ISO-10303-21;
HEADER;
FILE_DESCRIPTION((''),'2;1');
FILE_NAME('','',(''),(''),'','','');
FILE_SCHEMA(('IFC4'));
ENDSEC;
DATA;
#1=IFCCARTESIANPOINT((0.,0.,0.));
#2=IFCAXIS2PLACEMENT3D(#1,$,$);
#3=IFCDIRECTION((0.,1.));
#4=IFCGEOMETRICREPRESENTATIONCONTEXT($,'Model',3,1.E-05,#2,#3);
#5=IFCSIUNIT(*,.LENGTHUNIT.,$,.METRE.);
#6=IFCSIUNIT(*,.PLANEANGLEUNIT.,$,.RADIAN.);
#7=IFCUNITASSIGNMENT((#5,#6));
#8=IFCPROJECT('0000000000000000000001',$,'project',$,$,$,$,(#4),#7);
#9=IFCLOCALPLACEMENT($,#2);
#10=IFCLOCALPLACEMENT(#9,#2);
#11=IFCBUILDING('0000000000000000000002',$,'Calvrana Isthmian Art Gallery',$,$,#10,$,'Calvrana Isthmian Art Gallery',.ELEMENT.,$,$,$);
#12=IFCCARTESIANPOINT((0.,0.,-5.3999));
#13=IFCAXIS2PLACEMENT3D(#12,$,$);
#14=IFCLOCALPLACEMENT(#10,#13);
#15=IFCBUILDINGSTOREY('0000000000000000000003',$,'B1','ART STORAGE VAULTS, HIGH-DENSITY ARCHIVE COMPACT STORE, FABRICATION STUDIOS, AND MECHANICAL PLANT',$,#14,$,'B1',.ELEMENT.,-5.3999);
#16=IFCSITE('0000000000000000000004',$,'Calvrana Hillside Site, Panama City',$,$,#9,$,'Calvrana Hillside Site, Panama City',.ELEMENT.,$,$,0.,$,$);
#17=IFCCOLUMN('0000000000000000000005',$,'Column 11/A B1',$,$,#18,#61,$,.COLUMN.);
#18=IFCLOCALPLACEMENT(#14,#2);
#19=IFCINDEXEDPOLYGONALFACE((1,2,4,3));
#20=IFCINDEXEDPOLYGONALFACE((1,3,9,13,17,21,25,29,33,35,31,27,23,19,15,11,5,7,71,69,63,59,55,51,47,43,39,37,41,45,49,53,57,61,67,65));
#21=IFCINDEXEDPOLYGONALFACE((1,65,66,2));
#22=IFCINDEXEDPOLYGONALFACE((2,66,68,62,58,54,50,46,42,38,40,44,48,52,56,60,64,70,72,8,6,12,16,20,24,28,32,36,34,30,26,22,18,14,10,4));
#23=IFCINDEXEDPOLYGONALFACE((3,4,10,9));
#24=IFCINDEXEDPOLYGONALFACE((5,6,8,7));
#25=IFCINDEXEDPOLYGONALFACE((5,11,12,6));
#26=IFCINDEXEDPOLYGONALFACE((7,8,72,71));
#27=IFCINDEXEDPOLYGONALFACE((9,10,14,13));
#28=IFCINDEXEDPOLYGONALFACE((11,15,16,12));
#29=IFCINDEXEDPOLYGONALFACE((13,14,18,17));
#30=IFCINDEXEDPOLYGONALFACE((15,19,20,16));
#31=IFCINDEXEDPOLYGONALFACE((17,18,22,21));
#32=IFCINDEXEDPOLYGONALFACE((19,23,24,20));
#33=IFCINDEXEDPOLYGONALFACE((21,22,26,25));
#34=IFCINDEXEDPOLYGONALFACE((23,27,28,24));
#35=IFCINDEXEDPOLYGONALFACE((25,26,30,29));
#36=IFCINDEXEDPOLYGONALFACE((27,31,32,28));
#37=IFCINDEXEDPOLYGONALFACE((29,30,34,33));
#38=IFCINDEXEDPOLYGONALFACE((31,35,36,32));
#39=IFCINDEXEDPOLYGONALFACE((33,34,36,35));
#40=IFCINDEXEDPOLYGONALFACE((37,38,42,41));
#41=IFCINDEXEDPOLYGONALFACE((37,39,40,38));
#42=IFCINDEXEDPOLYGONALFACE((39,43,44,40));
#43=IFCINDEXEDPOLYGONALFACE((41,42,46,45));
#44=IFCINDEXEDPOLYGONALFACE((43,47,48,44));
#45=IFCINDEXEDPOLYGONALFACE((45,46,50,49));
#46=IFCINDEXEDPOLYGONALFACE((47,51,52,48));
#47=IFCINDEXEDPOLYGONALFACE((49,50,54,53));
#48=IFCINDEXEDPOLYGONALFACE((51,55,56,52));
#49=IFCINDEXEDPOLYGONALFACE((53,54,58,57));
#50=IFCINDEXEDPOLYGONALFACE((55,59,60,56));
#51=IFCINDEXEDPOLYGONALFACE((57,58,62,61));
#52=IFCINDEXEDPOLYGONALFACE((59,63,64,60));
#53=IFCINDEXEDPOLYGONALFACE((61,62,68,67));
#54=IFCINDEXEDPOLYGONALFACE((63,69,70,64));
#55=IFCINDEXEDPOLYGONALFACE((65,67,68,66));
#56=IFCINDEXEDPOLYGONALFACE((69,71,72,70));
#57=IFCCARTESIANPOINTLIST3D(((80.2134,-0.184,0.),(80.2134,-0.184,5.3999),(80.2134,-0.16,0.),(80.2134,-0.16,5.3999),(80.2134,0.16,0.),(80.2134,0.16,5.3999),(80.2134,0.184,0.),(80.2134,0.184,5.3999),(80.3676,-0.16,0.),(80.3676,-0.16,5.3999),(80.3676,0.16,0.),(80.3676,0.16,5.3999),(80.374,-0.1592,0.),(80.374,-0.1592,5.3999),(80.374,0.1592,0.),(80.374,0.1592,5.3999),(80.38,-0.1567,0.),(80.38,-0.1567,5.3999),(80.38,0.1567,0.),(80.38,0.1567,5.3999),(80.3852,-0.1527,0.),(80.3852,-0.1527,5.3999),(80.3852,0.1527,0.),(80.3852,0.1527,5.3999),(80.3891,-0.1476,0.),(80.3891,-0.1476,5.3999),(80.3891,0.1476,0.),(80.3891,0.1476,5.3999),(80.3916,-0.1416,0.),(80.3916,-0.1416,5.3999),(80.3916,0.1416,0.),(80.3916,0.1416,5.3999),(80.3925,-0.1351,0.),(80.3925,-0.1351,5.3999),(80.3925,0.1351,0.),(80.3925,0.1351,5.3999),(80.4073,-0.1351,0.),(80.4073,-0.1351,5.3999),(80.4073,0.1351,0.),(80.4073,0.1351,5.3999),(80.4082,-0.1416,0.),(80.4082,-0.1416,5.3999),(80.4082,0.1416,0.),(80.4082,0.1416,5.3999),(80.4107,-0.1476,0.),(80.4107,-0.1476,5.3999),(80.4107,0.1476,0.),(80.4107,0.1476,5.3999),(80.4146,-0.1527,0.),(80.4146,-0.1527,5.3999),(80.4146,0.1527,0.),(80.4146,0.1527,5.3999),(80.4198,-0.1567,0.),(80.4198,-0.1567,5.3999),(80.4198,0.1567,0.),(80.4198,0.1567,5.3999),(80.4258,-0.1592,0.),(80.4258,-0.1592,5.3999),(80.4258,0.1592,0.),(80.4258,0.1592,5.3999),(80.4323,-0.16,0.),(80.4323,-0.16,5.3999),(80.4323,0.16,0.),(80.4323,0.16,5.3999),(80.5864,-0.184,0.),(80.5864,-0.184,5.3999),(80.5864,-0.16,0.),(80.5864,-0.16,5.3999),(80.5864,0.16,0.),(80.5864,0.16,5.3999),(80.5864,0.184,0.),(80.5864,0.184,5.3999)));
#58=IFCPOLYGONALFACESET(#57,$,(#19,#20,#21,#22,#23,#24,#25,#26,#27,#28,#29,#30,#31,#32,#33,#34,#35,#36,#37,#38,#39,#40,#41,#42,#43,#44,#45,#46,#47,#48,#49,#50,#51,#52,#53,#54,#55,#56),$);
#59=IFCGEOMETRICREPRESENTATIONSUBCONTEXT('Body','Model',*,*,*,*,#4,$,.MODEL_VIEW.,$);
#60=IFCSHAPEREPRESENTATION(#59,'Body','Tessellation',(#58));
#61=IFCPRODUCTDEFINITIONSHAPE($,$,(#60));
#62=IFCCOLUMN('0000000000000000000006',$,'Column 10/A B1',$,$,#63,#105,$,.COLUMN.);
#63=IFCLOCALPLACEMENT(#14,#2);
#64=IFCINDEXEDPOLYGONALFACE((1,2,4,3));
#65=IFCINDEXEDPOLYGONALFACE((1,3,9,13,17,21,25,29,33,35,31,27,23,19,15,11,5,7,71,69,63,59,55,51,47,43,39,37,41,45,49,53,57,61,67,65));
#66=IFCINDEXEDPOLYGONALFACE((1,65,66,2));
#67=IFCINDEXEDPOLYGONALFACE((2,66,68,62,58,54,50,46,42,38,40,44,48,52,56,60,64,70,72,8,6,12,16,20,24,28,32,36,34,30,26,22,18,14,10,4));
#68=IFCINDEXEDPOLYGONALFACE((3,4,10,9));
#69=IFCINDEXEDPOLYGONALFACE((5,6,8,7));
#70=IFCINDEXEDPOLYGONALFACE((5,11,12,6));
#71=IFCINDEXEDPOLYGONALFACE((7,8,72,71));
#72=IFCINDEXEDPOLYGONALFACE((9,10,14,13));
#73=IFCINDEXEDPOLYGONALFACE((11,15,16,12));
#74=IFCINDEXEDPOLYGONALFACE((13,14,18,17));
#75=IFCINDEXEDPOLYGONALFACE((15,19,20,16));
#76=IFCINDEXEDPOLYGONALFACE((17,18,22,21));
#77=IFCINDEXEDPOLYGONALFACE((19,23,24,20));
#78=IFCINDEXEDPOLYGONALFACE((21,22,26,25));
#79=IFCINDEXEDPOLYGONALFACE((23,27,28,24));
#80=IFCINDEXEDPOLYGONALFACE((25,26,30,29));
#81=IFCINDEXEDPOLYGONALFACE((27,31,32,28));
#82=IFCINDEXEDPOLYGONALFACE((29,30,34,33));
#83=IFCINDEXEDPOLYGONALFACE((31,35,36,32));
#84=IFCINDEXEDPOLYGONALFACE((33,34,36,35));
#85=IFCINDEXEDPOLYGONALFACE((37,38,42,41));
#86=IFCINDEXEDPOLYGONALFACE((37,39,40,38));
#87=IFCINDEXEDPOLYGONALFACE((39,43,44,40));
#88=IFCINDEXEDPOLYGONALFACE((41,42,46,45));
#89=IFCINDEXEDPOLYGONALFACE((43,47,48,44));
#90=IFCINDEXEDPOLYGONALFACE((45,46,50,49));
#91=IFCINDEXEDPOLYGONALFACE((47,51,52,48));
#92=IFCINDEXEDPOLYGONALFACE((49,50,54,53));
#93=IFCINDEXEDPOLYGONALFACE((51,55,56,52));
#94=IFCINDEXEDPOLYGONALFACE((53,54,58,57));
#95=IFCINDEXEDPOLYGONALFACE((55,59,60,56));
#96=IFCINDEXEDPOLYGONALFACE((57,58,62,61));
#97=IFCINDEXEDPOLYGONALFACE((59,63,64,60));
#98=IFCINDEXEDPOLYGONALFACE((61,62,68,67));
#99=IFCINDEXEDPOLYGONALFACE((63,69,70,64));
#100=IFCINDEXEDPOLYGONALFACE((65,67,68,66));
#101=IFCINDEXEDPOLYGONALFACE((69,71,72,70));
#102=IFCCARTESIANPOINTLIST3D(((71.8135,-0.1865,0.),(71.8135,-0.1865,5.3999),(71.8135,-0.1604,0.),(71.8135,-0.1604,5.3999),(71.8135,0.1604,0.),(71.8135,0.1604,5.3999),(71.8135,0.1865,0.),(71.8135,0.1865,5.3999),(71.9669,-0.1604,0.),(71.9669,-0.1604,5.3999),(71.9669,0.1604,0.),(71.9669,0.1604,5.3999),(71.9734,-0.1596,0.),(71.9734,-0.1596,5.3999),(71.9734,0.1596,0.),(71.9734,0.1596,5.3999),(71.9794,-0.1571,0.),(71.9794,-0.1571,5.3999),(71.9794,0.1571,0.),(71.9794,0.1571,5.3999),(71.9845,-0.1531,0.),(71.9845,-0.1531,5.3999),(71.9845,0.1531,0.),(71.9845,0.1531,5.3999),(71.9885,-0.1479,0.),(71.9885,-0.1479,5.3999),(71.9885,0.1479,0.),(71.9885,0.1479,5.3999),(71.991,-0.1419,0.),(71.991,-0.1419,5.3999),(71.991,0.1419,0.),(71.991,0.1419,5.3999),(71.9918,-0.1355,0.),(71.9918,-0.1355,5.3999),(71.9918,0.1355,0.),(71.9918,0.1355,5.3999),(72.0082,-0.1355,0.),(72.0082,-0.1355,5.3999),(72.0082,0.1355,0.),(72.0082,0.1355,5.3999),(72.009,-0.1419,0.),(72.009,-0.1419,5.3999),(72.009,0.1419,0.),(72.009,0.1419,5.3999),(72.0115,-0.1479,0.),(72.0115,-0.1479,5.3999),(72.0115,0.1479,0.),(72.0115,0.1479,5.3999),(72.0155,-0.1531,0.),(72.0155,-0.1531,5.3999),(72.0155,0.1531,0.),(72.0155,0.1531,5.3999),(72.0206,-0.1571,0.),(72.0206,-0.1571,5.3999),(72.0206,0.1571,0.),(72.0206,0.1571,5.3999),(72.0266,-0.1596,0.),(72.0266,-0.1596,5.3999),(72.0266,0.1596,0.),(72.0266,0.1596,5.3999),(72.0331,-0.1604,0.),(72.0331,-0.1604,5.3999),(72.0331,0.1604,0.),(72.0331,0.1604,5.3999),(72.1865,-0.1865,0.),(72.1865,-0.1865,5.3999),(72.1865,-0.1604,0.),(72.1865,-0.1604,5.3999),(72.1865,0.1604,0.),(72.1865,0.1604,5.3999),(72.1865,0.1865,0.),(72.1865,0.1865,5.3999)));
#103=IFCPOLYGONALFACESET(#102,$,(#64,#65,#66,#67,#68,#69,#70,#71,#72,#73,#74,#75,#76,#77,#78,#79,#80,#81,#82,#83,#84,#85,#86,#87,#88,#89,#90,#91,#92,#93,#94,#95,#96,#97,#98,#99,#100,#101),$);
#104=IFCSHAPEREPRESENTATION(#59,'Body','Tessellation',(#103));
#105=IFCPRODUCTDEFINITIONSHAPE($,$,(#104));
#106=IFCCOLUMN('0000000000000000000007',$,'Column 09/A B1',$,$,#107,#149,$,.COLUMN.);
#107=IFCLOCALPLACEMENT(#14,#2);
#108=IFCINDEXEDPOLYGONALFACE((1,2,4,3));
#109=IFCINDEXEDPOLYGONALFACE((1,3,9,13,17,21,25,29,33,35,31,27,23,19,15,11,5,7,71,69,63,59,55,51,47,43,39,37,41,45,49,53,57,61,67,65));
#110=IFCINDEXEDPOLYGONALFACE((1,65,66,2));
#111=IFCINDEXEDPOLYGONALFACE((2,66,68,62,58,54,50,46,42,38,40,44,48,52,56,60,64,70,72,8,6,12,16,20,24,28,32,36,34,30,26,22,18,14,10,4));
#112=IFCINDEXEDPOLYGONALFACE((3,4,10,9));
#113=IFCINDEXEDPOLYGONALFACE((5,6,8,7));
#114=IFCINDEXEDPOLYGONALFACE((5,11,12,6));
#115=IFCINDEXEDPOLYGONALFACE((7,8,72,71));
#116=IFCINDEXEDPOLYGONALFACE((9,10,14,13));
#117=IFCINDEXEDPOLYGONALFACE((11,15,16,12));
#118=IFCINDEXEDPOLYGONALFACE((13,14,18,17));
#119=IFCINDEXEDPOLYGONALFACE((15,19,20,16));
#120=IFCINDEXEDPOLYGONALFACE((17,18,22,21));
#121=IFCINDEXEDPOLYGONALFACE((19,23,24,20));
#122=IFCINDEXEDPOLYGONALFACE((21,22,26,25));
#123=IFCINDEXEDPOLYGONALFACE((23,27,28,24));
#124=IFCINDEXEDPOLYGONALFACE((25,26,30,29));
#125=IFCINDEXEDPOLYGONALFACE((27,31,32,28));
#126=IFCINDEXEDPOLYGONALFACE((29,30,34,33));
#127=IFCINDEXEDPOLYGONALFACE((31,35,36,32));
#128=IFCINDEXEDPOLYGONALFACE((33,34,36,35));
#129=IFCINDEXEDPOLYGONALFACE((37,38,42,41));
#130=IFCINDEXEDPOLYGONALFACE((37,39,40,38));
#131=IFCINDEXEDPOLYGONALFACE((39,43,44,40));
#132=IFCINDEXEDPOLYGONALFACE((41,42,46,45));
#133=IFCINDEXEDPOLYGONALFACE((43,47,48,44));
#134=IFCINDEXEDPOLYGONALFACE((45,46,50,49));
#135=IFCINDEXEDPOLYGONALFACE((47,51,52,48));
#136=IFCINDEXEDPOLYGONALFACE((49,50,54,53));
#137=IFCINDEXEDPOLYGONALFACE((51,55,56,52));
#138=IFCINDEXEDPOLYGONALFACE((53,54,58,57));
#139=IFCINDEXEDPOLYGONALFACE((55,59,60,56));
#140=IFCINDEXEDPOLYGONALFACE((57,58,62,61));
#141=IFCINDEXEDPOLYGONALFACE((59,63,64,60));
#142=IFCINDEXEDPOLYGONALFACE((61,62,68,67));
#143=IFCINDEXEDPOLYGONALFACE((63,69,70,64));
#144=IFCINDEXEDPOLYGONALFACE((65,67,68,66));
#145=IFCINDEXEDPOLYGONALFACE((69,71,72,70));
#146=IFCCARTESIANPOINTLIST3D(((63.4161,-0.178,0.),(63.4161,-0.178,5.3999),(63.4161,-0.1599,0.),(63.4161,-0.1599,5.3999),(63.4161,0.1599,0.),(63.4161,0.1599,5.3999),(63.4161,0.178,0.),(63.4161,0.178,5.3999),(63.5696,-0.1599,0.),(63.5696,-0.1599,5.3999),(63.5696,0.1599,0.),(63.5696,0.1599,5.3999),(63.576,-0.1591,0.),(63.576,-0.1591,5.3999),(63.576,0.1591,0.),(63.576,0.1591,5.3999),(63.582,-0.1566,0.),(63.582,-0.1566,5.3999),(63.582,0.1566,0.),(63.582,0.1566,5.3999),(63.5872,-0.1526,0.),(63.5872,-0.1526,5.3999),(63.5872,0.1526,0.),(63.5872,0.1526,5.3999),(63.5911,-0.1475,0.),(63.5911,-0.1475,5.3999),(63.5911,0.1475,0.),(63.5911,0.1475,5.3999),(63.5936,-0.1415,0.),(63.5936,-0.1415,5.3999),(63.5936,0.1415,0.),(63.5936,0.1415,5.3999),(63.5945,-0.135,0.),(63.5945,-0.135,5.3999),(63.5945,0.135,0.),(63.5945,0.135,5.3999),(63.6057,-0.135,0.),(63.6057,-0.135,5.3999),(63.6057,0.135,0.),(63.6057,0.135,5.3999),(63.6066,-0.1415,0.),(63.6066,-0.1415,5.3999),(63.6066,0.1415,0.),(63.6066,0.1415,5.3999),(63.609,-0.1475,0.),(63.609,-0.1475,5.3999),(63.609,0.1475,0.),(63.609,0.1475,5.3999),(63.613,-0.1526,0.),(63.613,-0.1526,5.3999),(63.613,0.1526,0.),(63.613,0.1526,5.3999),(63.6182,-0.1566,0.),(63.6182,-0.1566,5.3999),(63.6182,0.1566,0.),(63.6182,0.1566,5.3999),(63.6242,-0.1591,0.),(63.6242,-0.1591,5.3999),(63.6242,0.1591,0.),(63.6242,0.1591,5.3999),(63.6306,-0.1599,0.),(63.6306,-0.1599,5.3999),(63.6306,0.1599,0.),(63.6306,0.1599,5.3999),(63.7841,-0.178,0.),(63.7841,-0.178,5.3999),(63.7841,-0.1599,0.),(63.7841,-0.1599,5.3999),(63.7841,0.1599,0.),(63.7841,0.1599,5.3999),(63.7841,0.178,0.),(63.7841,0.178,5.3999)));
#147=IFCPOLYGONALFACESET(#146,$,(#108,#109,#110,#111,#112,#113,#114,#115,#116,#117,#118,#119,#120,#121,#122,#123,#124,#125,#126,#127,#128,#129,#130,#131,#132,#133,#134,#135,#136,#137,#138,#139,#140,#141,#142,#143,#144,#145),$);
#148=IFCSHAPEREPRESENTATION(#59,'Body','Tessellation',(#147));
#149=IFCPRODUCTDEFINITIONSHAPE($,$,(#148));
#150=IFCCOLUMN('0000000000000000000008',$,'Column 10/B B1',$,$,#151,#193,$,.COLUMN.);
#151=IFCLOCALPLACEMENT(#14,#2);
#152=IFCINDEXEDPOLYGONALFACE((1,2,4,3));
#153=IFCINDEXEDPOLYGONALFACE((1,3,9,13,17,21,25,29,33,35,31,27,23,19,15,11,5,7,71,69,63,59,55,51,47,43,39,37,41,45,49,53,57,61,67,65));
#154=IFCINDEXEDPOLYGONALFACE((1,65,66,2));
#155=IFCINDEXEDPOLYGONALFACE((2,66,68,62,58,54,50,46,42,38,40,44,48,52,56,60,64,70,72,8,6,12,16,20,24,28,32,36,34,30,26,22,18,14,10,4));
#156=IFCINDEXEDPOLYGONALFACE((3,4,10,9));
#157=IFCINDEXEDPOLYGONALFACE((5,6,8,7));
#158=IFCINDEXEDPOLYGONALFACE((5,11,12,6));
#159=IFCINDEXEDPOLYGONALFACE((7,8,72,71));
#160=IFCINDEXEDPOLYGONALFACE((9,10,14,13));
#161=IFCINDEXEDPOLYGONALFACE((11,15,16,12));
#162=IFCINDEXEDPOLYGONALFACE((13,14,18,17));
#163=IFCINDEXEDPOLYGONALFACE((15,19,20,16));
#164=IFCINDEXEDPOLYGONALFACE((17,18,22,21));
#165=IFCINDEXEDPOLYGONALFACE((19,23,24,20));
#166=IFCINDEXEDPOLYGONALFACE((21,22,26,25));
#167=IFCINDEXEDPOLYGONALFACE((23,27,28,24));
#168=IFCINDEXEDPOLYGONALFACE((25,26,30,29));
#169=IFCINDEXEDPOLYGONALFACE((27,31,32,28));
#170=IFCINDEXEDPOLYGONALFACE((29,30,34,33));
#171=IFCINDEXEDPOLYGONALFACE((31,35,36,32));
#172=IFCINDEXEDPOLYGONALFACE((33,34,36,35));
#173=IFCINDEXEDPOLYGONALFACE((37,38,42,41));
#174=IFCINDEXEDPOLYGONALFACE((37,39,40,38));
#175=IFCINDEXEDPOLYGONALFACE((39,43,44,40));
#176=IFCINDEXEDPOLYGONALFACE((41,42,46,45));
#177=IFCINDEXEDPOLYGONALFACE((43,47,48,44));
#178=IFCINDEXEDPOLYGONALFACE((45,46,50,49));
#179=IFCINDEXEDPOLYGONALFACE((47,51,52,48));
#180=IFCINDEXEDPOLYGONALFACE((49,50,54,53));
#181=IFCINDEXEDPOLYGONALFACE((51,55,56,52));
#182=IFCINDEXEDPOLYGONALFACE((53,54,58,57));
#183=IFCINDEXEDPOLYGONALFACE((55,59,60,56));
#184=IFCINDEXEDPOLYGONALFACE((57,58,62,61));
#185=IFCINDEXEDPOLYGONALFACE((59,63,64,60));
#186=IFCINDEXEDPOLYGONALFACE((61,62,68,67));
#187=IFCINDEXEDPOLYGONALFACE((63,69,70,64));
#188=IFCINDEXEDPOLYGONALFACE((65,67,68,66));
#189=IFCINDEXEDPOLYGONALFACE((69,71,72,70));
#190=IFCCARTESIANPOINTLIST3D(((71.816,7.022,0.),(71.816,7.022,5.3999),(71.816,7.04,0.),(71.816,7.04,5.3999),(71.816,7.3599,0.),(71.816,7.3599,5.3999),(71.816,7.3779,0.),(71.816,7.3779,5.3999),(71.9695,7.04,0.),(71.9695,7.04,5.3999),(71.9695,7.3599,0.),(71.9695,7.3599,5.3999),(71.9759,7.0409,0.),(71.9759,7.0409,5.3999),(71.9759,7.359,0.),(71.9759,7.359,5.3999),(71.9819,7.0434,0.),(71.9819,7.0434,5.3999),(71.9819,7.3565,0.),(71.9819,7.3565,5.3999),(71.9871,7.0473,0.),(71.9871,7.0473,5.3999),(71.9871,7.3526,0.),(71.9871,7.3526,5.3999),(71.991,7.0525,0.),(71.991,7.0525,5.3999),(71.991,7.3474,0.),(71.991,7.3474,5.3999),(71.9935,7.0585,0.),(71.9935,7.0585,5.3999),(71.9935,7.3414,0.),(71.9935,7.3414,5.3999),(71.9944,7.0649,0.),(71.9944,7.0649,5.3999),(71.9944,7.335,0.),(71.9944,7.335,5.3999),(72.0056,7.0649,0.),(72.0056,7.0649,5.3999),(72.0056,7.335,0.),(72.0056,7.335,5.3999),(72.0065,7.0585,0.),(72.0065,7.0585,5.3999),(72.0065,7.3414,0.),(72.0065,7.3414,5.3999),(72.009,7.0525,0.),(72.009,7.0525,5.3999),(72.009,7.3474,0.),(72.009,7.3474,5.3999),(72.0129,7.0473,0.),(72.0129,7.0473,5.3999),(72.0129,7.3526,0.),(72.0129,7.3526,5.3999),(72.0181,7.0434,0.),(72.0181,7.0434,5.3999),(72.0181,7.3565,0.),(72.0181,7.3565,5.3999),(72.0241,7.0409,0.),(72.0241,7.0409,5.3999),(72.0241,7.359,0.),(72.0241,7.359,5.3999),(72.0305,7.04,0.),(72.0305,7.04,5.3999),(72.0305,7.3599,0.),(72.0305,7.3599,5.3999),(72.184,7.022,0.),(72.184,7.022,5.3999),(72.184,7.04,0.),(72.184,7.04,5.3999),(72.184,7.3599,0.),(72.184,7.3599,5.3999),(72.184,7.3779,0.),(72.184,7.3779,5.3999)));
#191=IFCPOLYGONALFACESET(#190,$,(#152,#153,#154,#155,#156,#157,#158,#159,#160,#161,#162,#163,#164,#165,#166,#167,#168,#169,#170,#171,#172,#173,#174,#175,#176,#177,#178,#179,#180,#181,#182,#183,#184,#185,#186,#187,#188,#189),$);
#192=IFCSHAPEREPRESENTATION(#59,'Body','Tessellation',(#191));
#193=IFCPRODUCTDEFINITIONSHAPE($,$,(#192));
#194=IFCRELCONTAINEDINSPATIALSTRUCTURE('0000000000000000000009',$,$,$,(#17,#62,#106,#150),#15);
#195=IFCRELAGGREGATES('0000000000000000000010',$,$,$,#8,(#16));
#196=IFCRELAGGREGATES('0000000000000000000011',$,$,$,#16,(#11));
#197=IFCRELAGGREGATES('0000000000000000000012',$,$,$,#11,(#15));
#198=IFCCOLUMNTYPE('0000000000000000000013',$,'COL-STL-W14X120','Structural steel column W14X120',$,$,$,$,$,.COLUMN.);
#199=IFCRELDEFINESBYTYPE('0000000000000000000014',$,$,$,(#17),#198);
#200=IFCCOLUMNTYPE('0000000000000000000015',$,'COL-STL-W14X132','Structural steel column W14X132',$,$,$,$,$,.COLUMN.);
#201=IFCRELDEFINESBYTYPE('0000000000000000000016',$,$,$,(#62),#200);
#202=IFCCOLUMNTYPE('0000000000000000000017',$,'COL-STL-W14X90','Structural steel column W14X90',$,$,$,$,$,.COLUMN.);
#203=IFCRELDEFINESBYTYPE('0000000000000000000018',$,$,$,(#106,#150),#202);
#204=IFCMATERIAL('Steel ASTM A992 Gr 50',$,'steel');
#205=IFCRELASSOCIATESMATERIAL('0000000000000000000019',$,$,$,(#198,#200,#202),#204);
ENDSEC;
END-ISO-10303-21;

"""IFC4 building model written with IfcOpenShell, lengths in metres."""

from ifc_helpers import new_model, si_unit, direction, frame, origin, origin_2d, place, context, subcontext, project, spatial, i_section, extrude, material, material_profile, profile_set, type_object, element, save


model = new_model("IFC4")

# Units and contexts
model_context = context("Model", 3, precision=1e-05, world=origin(), true_north=direction((0.0, 1.0)))
body_context = subcontext(model_context, "Body", "Model", "MODEL_VIEW")
ifc_project = project(units=[si_unit("LENGTHUNIT", "METRE"), si_unit("PLANEANGLEUNIT", "RADIAN")], contexts=[model_context])

# Site, building, storey
site_placement = place(None, origin())
site = spatial("IfcSite", under=ifc_project, at=site_placement, Name="Calvrana Hillside Site, Panama City", LongName="Calvrana Hillside Site, Panama City", CompositionType="ELEMENT", RefElevation=0.0)
building_placement = place(site_placement, origin())
building = spatial("IfcBuilding", under=site, at=building_placement, Name="Calvrana Isthmian Art Gallery", LongName="Calvrana Isthmian Art Gallery", CompositionType="ELEMENT")
storey_placement = place(building_placement, frame((0.0, 0.0, -5.3999)))
storey = spatial("IfcBuildingStorey", under=building, at=storey_placement, Name="B1", Description="ART STORAGE VAULTS, HIGH-DENSITY ARCHIVE COMPACT STORE, FABRICATION STUDIOS, AND MECHANICAL PLANT", LongName="B1", CompositionType="ELEMENT", Elevation=-5.3999)

# Columns
ifc_material_1 = material(Name="Steel ASTM A992 Gr 50", Category="steel")
ifc_material_profile_1 = material_profile(ifc_material_1, i_section(OverallWidth=0.373, OverallDepth=0.3679, WebThickness=0.0149, FlangeThickness=0.0239, FilletRadius=0.0249, at=origin_2d()), Name="W14X120")
ifc_profile_set_1 = profile_set([ifc_material_profile_1], Name="Steel ASTM A992 Gr 50")
column_type_1 = type_object("IfcColumnType", Name="COL-STL-W14X120", Description="Structural steel column W14X120", PredefinedType="COLUMN", material=ifc_profile_set_1)
for number, where, z_axis, x_axis, name in (
    (1, (80.3999, 0.0, 0.0), (0.0, 0.0, 1.0), (1.0, 0.0, 0.0), "Column 11/A B1"),
):
    element("IfcColumn", number, at=place(storey_placement, frame(where, z_axis=z_axis, x_axis=x_axis)), inside=storey, type_object=column_type_1, Name=name, PredefinedType="COLUMN", context=body_context, shape_type="SweptSolid", body=[
        extrude(i_section(OverallWidth=0.373, OverallDepth=0.3679, WebThickness=0.0149, FlangeThickness=0.0239, FilletRadius=0.0249, at=origin_2d()), origin(), (0.0, 0.0, 1.0), 5.3999),
    ])
ifc_material_profile_2 = material_profile(ifc_material_1, i_section(OverallWidth=0.373, OverallDepth=0.373, WebThickness=0.0164, FlangeThickness=0.0261, FilletRadius=0.0249, at=origin_2d()), Name="W14X132")
ifc_profile_set_2 = profile_set([ifc_material_profile_2], Name="Steel ASTM A992 Gr 50")
column_type_2 = type_object("IfcColumnType", Name="COL-STL-W14X132", Description="Structural steel column W14X132", PredefinedType="COLUMN", material=ifc_profile_set_2)
column_placement = place(storey_placement, frame((72.0, 0.0, 0.0), z_axis=(0.0, 0.0, 1.0), x_axis=(1.0, 0.0, 0.0)))
element("IfcColumn", 2, at=column_placement, inside=storey, type_object=column_type_2, Name="Column 10/A B1", PredefinedType="COLUMN", context=body_context, shape_type="SweptSolid", body=[
    extrude(i_section(OverallWidth=0.373, OverallDepth=0.373, WebThickness=0.0164, FlangeThickness=0.0261, FilletRadius=0.0249, at=origin_2d()), origin(), (0.0, 0.0, 1.0), 5.3999),
])
ifc_material_profile_3 = material_profile(ifc_material_1, i_section(OverallWidth=0.3679, OverallDepth=0.356, WebThickness=0.0112, FlangeThickness=0.0181, FilletRadius=0.0249, at=origin_2d()), Name="W14X90")
ifc_profile_set_3 = profile_set([ifc_material_profile_3], Name="Steel ASTM A992 Gr 50")
column_type_3 = type_object("IfcColumnType", Name="COL-STL-W14X90", Description="Structural steel column W14X90", PredefinedType="COLUMN", material=ifc_profile_set_3)
for number, where, z_axis, x_axis, name in (
    (3, (63.6001, 0.0, 0.0), (0.0, 0.0, 1.0), (1.0, 0.0, 0.0), "Column 09/A B1"),
    (4, (72.0, 7.2, 0.0), (0.0, 0.0, 1.0), (1.0, 0.0, 0.0), "Column 10/B B1"),
):
    element("IfcColumn", number, at=place(storey_placement, frame(where, z_axis=z_axis, x_axis=x_axis)), inside=storey, type_object=column_type_3, Name=name, PredefinedType="COLUMN", context=body_context, shape_type="SweptSolid", body=[
        extrude(i_section(OverallWidth=0.3679, OverallDepth=0.356, WebThickness=0.0112, FlangeThickness=0.0181, FilletRadius=0.0249, at=origin_2d()), origin(), (0.0, 0.0, 1.0), 5.3999),
    ])

save(model, "model.ifc")
